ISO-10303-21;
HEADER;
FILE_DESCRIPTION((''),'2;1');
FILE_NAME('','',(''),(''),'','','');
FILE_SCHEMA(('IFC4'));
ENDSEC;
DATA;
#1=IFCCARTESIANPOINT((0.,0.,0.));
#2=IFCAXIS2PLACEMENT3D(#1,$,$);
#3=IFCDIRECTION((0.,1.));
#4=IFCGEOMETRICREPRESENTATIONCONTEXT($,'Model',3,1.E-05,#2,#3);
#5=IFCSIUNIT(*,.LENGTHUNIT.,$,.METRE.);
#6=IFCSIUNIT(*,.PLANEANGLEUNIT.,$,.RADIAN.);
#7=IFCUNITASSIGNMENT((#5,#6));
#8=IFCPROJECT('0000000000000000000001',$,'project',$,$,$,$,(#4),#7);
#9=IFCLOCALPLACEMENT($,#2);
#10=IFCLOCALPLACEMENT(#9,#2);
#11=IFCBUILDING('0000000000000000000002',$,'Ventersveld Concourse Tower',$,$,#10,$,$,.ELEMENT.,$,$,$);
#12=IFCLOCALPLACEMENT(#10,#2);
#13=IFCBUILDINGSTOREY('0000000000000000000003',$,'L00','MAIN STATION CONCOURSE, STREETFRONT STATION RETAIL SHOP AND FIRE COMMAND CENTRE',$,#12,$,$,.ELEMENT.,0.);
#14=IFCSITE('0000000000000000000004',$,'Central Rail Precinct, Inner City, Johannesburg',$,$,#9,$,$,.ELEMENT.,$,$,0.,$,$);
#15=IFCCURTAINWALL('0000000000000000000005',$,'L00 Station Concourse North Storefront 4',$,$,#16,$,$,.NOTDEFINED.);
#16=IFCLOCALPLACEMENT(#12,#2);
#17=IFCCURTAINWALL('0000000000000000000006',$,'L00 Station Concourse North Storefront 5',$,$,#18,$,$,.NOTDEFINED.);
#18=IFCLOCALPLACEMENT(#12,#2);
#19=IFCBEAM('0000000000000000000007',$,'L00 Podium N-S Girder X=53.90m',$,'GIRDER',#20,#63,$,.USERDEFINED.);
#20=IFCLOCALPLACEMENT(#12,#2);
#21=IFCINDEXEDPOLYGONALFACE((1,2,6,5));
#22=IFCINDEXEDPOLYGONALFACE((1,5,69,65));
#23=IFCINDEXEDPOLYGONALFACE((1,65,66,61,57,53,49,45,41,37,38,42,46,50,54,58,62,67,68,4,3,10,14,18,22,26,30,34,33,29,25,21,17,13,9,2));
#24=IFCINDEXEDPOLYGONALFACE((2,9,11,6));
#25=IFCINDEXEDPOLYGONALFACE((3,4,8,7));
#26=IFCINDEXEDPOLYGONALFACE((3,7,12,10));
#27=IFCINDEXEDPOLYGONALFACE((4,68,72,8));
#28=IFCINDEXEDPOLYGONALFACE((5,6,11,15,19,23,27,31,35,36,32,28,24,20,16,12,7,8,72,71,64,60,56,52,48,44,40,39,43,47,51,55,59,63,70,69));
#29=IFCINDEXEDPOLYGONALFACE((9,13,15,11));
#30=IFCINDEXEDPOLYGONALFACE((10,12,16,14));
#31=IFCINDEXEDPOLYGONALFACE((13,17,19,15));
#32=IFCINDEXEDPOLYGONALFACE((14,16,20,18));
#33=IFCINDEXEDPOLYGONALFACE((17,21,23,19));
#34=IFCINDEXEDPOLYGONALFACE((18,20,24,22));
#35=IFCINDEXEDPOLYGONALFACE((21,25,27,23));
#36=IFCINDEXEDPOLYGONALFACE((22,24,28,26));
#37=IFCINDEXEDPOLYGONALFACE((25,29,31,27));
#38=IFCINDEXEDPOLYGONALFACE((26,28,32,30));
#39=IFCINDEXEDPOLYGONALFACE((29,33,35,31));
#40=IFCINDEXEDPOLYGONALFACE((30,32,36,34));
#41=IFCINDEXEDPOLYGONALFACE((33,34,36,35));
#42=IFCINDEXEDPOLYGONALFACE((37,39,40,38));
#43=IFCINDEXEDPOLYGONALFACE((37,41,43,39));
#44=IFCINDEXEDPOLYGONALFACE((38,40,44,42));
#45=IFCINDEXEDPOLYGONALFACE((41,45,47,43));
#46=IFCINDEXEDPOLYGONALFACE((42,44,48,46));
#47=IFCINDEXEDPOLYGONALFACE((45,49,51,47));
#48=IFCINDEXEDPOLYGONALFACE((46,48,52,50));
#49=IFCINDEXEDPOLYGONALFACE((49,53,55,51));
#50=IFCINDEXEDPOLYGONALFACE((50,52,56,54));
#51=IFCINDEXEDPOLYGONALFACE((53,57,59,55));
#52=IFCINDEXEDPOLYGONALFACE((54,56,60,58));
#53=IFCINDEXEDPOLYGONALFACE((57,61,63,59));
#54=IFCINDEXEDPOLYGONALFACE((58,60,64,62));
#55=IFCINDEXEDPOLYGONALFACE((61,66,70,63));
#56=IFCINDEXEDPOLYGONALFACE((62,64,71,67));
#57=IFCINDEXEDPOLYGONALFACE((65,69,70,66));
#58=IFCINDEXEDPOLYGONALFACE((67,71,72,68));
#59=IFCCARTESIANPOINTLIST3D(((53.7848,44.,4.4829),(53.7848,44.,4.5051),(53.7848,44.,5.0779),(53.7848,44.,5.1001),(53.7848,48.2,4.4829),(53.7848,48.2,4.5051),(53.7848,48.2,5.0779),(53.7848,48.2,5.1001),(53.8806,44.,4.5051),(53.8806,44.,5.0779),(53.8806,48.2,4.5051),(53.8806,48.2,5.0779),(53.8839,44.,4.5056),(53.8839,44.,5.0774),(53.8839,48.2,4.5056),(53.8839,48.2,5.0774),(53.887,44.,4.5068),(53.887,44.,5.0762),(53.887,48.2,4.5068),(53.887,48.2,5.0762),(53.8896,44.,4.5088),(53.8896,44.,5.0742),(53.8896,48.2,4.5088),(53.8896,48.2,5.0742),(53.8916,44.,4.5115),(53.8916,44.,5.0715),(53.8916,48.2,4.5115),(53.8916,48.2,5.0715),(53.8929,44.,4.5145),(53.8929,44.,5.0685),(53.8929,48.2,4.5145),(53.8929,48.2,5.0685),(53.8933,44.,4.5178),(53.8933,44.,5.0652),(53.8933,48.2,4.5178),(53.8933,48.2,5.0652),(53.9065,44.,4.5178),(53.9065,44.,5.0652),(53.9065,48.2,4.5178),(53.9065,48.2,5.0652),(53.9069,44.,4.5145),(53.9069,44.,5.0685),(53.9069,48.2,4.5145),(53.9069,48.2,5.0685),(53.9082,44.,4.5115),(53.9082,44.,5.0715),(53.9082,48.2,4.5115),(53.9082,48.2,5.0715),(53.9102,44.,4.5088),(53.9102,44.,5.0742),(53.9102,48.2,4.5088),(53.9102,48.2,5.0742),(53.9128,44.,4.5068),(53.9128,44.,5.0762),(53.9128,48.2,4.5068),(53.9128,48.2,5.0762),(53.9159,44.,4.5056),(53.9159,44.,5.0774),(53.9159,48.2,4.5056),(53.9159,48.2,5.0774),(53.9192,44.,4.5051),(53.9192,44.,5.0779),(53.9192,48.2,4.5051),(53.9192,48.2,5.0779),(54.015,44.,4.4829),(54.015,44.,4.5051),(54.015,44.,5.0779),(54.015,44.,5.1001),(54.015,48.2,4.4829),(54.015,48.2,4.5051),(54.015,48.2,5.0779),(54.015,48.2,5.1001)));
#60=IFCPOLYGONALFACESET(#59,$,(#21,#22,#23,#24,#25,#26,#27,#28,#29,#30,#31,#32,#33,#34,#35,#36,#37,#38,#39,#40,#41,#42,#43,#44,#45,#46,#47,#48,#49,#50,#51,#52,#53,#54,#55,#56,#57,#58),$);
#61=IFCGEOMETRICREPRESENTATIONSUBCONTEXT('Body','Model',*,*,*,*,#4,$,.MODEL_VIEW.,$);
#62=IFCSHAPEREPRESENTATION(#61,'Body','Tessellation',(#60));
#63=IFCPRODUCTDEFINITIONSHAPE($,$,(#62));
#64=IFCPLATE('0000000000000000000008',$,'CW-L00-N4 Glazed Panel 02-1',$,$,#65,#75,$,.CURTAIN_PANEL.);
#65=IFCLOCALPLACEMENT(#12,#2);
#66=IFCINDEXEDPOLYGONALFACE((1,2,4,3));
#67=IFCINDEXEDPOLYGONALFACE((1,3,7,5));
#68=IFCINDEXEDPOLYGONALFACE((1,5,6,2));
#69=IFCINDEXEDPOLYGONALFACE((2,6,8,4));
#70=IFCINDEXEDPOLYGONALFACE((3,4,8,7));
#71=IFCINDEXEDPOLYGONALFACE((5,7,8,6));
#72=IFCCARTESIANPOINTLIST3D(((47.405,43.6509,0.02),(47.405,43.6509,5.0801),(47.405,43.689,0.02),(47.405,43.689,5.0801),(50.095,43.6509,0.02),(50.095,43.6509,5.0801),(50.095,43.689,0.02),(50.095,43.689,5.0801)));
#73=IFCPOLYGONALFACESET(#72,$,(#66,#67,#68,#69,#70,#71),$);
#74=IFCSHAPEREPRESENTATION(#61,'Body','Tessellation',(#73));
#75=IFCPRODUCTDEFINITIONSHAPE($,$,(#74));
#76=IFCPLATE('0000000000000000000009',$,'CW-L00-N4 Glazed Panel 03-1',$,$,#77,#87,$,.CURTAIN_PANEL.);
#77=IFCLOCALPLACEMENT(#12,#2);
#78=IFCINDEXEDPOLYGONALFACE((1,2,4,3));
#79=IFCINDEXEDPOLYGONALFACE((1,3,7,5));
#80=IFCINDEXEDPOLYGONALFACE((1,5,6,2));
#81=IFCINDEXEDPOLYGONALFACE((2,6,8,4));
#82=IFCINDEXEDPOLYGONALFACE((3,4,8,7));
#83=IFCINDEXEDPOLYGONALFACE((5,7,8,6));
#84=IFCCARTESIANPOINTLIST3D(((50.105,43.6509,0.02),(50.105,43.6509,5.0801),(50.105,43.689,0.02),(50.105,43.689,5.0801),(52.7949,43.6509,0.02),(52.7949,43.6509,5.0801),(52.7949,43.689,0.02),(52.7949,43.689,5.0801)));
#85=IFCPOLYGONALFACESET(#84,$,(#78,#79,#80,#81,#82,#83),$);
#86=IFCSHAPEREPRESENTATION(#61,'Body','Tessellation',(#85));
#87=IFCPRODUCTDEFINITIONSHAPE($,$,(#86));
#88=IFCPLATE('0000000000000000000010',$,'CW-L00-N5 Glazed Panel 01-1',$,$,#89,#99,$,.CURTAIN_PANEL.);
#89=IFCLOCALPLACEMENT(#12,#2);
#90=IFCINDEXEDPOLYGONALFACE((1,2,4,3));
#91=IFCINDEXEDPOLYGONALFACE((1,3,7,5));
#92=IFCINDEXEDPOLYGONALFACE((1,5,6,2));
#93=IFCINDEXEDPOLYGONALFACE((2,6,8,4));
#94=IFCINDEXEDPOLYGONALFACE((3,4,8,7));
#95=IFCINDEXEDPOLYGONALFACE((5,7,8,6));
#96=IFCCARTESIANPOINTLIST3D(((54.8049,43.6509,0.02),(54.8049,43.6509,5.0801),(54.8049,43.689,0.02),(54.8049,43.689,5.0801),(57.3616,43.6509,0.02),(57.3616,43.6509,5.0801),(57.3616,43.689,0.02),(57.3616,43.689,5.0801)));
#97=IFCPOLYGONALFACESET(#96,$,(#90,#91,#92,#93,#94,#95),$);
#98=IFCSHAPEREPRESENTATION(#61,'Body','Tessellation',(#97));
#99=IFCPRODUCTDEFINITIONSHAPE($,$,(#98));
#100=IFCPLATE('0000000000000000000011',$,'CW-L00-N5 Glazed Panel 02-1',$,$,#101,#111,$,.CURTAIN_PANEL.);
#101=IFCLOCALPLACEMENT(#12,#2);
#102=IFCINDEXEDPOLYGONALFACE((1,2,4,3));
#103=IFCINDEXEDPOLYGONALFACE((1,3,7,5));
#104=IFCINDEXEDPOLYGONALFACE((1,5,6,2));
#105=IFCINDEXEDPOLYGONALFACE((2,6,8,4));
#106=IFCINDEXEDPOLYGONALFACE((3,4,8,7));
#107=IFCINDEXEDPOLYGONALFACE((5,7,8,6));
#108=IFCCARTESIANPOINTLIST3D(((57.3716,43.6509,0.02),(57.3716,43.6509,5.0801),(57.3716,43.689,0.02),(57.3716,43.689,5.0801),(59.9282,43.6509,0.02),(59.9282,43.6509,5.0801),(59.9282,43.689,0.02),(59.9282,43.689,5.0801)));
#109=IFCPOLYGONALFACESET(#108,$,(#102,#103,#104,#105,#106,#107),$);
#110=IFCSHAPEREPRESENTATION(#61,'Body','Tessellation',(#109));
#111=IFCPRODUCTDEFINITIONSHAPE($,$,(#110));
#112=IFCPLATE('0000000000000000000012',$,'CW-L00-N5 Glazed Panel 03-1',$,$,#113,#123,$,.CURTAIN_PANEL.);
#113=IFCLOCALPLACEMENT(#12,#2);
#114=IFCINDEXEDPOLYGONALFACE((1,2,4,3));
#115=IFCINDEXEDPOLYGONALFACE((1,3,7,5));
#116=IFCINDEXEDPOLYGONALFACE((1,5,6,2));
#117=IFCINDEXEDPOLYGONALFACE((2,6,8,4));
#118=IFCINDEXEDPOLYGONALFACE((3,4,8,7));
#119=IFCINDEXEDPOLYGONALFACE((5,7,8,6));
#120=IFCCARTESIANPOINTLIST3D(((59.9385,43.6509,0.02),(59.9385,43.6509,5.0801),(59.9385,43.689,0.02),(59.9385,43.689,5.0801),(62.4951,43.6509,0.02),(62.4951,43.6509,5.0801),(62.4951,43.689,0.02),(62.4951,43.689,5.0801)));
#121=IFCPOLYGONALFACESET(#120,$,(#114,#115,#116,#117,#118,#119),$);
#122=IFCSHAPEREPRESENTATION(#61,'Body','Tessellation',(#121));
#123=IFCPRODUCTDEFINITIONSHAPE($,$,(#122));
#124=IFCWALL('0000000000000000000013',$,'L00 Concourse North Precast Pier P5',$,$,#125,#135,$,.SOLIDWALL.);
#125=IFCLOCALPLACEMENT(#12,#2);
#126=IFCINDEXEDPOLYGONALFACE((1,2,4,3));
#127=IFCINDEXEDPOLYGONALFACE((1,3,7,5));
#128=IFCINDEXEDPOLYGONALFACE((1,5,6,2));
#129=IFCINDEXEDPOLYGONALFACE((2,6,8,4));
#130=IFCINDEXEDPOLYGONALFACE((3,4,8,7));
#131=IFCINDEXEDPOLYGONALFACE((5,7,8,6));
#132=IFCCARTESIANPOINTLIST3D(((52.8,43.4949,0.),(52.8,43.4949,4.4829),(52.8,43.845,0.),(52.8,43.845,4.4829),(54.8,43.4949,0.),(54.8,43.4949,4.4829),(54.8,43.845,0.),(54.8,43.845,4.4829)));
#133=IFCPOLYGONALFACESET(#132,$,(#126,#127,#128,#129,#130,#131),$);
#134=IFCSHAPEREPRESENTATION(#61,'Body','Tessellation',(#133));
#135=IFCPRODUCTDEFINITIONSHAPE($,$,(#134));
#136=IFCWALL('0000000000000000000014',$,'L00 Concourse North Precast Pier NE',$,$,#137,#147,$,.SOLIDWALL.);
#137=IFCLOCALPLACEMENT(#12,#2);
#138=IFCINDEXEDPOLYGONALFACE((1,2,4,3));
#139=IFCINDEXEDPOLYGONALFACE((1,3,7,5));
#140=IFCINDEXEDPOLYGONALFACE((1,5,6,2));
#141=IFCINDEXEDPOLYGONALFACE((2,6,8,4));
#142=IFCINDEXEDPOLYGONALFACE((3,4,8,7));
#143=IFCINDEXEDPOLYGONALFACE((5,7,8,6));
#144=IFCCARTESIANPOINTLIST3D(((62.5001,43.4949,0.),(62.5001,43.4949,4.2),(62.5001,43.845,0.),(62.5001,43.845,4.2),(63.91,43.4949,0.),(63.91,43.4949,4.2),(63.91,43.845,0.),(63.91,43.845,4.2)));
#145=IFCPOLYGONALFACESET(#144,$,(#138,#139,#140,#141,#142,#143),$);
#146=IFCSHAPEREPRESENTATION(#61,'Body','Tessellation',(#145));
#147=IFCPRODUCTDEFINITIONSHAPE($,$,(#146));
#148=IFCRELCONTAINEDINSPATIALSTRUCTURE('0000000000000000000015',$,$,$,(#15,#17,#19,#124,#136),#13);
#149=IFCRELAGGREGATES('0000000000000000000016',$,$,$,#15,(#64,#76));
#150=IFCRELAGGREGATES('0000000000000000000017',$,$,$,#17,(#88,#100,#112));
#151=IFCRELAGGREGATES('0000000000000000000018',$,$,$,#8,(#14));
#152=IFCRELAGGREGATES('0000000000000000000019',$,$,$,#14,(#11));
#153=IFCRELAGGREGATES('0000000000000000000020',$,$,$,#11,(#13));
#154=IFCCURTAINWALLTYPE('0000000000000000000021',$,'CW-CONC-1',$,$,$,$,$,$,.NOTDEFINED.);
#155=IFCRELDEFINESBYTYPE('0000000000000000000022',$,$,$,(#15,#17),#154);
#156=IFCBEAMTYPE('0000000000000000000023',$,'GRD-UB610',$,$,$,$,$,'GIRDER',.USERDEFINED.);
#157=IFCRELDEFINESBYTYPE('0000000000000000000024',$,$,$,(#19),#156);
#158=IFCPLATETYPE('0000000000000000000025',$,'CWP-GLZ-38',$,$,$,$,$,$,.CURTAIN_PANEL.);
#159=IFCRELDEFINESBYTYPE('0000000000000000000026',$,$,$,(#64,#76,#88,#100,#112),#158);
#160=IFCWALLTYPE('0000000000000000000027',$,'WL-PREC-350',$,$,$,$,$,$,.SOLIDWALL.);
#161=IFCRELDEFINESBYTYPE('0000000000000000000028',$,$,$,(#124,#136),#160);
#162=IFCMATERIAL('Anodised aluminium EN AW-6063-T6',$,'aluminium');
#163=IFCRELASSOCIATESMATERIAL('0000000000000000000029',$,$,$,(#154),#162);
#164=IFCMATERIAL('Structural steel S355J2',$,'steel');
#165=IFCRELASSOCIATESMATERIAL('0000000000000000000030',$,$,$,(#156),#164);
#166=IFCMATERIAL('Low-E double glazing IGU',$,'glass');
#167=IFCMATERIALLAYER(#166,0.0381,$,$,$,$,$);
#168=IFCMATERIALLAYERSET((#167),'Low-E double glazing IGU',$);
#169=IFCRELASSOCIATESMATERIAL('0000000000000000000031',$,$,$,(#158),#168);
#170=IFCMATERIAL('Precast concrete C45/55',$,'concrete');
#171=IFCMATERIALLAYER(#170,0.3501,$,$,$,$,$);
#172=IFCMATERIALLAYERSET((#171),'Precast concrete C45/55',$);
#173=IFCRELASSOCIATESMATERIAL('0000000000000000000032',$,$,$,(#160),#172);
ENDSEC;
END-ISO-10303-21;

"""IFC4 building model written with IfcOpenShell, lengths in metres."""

from ifc_helpers import new_model, si_unit, direction, frame, frame_2d, origin, origin_2d, place, context, subcontext, project, spatial, rectangle, i_section, extrude, material, layer, layer_set, material_profile, profile_set, type_object, element, aggregate, save


model = new_model("IFC4")

# Units and contexts
model_context = context("Model", 3, precision=1e-05, world=origin(), true_north=direction((0.0, 1.0)))
body_context = subcontext(model_context, "Body", "Model", "MODEL_VIEW")
ifc_project = project(units=[si_unit("LENGTHUNIT", "METRE"), si_unit("PLANEANGLEUNIT", "RADIAN")], contexts=[model_context])

# Site, building, storey
site_placement = place(None, origin())
site = spatial("IfcSite", under=ifc_project, at=site_placement, Name="Central Rail Precinct, Inner City, Johannesburg", CompositionType="ELEMENT", RefElevation=0.0)
building_placement = place(site_placement, origin())
building = spatial("IfcBuilding", under=site, at=building_placement, Name="Ventersveld Concourse Tower", CompositionType="ELEMENT")
storey_placement = place(building_placement, origin())
storey = spatial("IfcBuildingStorey", under=building, at=storey_placement, Name="L00", Description="MAIN STATION CONCOURSE, STREETFRONT STATION RETAIL SHOP AND FIRE COMMAND CENTRE", CompositionType="ELEMENT", Elevation=0.0)

# Curtain walls
ifc_material_1 = material(Name="Anodised aluminium EN AW-6063-T6", Category="aluminium")
curtain_wall_type = type_object("IfcCurtainWallType", Name="CW-CONC-1", PredefinedType="NOTDEFINED", material=ifc_material_1)
curtain_wall_1_placement = place(storey_placement, origin())
curtain_wall_1 = element("IfcCurtainWall", 1, at=curtain_wall_1_placement, inside=storey, type_object=curtain_wall_type, Name="L00 Station Concourse North Storefront 4", PredefinedType="NOTDEFINED")
curtain_wall_2_placement = place(storey_placement, origin())
curtain_wall_2 = element("IfcCurtainWall", 2, at=curtain_wall_2_placement, inside=storey, type_object=curtain_wall_type, Name="L00 Station Concourse North Storefront 5", PredefinedType="NOTDEFINED")

# Beam
ifc_material_2 = material(Name="Structural steel S355J2", Category="steel")
ifc_material_profile_1 = material_profile(ifc_material_2, i_section(OverallWidth=0.2302, OverallDepth=0.6172, WebThickness=0.0132, FlangeThickness=0.0222, FilletRadius=0.0127, at=origin_2d()), Name="UB 610x229x140")
ifc_profile_set_1 = profile_set([ifc_material_profile_1], Name="Structural steel S355J2")
beam_type_1 = type_object("IfcBeamType", Name="GRD-UB610", ElementType="GIRDER", PredefinedType="USERDEFINED", material=ifc_profile_set_1)
beam_1_placement = place(storey_placement, frame((53.8999, 44.0, 4.7915), z_axis=(0.0, 1.0, 0.0), x_axis=(-1.0, 0.0, 0.0)))
element("IfcBeam", 3, at=beam_1_placement, inside=storey, type_object=beam_type_1, Name="L00 Podium N-S Girder X=53.90m", ObjectType="GIRDER", PredefinedType="USERDEFINED", context=body_context, shape_type="SweptSolid", body=[
    extrude(i_section(OverallWidth=0.2302, OverallDepth=0.6172, WebThickness=0.0132, FlangeThickness=0.0222, FilletRadius=0.0127, at=origin_2d()), origin(), (0.0, 0.0, 1.0), 4.2),
])

# Plates
ifc_material_3 = material(Name="Low-E double glazing IGU", Category="glass")
ifc_layer_1 = layer(ifc_material_3, 0.0381)
ifc_layer_set_1 = layer_set([ifc_layer_1], Name="Low-E double glazing IGU")
plate_type = type_object("IfcPlateType", Name="CWP-GLZ-38", PredefinedType="CURTAIN_PANEL", material=ifc_layer_set_1)
plate_1_placement = place(storey_placement, frame((48.75, 43.6699, 0.02), z_axis=(0.0, 0.0, 1.0), x_axis=(1.0, 0.0, 0.0)))
plate_1 = element("IfcPlate", 4, at=plate_1_placement, type_object=plate_type, Name="CW-L00-N4 Glazed Panel 02-1", PredefinedType="CURTAIN_PANEL", context=body_context, shape_type="SweptSolid", body=[
    extrude(rectangle(XDim=2.6899, YDim=0.0381, at=origin_2d()), origin(), (0.0, 0.0, 1.0), 5.0601),
])
plate_2_placement = place(storey_placement, frame((51.45, 43.6699, 0.02), z_axis=(0.0, 0.0, 1.0), x_axis=(1.0, 0.0, 0.0)))
plate_2 = element("IfcPlate", 5, at=plate_2_placement, type_object=plate_type, Name="CW-L00-N4 Glazed Panel 03-1", PredefinedType="CURTAIN_PANEL", context=body_context, shape_type="SweptSolid", body=[
    extrude(rectangle(XDim=2.6899, YDim=0.0381, at=origin_2d()), origin(), (0.0, 0.0, 1.0), 5.0601),
])
aggregate(curtain_wall_1, [plate_1, plate_2])
plate_3_placement = place(storey_placement, frame((56.0833, 43.6699, 0.02), z_axis=(0.0, 0.0, 1.0), x_axis=(1.0, 0.0, 0.0)))
plate_3 = element("IfcPlate", 6, at=plate_3_placement, type_object=plate_type, Name="CW-L00-N5 Glazed Panel 01-1", PredefinedType="CURTAIN_PANEL", context=body_context, shape_type="SweptSolid", body=[
    extrude(rectangle(XDim=2.5566, YDim=0.0381, at=origin_2d()), origin(), (0.0, 0.0, 1.0), 5.0601),
])
plate_4_placement = place(storey_placement, frame((58.6499, 43.6699, 0.02), z_axis=(0.0, 0.0, 1.0), x_axis=(1.0, 0.0, 0.0)))
plate_4 = element("IfcPlate", 7, at=plate_4_placement, type_object=plate_type, Name="CW-L00-N5 Glazed Panel 02-1", PredefinedType="CURTAIN_PANEL", context=body_context, shape_type="SweptSolid", body=[
    extrude(rectangle(XDim=2.5566, YDim=0.0381, at=origin_2d()), origin(), (0.0, 0.0, 1.0), 5.0601),
])
plate_5_placement = place(storey_placement, frame((61.2168, 43.6699, 0.02), z_axis=(0.0, 0.0, 1.0), x_axis=(1.0, 0.0, 0.0)))
plate_5 = element("IfcPlate", 8, at=plate_5_placement, type_object=plate_type, Name="CW-L00-N5 Glazed Panel 03-1", PredefinedType="CURTAIN_PANEL", context=body_context, shape_type="SweptSolid", body=[
    extrude(rectangle(XDim=2.5566, YDim=0.0381, at=origin_2d()), origin(), (0.0, 0.0, 1.0), 5.0601),
])
aggregate(curtain_wall_2, [plate_3, plate_4, plate_5])

# Walls
ifc_material_4 = material(Name="Precast concrete C45/55", Category="concrete")
ifc_layer_2 = layer(ifc_material_4, 0.3501)
ifc_layer_set_2 = layer_set([ifc_layer_2], Name="Precast concrete C45/55")
wall_type = type_object("IfcWallType", Name="WL-PREC-350", PredefinedType="SOLIDWALL", material=ifc_layer_set_2)
wall_1_placement = place(storey_placement, frame((52.8, 43.6699, 0.0), z_axis=(0.0, 0.0, 1.0), x_axis=(1.0, 0.0, 0.0)))
element("IfcWall", 9, at=wall_1_placement, inside=storey, type_object=wall_type, Name="L00 Concourse North Precast Pier P5", PredefinedType="SOLIDWALL", context=body_context, shape_type="SweptSolid", body=[
    extrude(rectangle(XDim=2.0, YDim=0.3501, at=frame_2d((1.0, 0.0))), origin(), (0.0, 0.0, 1.0), 4.4829),
])
wall_2_placement = place(storey_placement, frame((62.5, 43.6699, 0.0), z_axis=(0.0, 0.0, 1.0), x_axis=(1.0, 0.0, 0.0)))
element("IfcWall", 10, at=wall_2_placement, inside=storey, type_object=wall_type, Name="L00 Concourse North Precast Pier NE", PredefinedType="SOLIDWALL", context=body_context, shape_type="SweptSolid", body=[
    extrude(rectangle(XDim=1.4099, YDim=0.3501, at=frame_2d((0.7051, 0.0))), origin(), (0.0, 0.0, 1.0), 4.2),
])

save(model, "model.ifc")
